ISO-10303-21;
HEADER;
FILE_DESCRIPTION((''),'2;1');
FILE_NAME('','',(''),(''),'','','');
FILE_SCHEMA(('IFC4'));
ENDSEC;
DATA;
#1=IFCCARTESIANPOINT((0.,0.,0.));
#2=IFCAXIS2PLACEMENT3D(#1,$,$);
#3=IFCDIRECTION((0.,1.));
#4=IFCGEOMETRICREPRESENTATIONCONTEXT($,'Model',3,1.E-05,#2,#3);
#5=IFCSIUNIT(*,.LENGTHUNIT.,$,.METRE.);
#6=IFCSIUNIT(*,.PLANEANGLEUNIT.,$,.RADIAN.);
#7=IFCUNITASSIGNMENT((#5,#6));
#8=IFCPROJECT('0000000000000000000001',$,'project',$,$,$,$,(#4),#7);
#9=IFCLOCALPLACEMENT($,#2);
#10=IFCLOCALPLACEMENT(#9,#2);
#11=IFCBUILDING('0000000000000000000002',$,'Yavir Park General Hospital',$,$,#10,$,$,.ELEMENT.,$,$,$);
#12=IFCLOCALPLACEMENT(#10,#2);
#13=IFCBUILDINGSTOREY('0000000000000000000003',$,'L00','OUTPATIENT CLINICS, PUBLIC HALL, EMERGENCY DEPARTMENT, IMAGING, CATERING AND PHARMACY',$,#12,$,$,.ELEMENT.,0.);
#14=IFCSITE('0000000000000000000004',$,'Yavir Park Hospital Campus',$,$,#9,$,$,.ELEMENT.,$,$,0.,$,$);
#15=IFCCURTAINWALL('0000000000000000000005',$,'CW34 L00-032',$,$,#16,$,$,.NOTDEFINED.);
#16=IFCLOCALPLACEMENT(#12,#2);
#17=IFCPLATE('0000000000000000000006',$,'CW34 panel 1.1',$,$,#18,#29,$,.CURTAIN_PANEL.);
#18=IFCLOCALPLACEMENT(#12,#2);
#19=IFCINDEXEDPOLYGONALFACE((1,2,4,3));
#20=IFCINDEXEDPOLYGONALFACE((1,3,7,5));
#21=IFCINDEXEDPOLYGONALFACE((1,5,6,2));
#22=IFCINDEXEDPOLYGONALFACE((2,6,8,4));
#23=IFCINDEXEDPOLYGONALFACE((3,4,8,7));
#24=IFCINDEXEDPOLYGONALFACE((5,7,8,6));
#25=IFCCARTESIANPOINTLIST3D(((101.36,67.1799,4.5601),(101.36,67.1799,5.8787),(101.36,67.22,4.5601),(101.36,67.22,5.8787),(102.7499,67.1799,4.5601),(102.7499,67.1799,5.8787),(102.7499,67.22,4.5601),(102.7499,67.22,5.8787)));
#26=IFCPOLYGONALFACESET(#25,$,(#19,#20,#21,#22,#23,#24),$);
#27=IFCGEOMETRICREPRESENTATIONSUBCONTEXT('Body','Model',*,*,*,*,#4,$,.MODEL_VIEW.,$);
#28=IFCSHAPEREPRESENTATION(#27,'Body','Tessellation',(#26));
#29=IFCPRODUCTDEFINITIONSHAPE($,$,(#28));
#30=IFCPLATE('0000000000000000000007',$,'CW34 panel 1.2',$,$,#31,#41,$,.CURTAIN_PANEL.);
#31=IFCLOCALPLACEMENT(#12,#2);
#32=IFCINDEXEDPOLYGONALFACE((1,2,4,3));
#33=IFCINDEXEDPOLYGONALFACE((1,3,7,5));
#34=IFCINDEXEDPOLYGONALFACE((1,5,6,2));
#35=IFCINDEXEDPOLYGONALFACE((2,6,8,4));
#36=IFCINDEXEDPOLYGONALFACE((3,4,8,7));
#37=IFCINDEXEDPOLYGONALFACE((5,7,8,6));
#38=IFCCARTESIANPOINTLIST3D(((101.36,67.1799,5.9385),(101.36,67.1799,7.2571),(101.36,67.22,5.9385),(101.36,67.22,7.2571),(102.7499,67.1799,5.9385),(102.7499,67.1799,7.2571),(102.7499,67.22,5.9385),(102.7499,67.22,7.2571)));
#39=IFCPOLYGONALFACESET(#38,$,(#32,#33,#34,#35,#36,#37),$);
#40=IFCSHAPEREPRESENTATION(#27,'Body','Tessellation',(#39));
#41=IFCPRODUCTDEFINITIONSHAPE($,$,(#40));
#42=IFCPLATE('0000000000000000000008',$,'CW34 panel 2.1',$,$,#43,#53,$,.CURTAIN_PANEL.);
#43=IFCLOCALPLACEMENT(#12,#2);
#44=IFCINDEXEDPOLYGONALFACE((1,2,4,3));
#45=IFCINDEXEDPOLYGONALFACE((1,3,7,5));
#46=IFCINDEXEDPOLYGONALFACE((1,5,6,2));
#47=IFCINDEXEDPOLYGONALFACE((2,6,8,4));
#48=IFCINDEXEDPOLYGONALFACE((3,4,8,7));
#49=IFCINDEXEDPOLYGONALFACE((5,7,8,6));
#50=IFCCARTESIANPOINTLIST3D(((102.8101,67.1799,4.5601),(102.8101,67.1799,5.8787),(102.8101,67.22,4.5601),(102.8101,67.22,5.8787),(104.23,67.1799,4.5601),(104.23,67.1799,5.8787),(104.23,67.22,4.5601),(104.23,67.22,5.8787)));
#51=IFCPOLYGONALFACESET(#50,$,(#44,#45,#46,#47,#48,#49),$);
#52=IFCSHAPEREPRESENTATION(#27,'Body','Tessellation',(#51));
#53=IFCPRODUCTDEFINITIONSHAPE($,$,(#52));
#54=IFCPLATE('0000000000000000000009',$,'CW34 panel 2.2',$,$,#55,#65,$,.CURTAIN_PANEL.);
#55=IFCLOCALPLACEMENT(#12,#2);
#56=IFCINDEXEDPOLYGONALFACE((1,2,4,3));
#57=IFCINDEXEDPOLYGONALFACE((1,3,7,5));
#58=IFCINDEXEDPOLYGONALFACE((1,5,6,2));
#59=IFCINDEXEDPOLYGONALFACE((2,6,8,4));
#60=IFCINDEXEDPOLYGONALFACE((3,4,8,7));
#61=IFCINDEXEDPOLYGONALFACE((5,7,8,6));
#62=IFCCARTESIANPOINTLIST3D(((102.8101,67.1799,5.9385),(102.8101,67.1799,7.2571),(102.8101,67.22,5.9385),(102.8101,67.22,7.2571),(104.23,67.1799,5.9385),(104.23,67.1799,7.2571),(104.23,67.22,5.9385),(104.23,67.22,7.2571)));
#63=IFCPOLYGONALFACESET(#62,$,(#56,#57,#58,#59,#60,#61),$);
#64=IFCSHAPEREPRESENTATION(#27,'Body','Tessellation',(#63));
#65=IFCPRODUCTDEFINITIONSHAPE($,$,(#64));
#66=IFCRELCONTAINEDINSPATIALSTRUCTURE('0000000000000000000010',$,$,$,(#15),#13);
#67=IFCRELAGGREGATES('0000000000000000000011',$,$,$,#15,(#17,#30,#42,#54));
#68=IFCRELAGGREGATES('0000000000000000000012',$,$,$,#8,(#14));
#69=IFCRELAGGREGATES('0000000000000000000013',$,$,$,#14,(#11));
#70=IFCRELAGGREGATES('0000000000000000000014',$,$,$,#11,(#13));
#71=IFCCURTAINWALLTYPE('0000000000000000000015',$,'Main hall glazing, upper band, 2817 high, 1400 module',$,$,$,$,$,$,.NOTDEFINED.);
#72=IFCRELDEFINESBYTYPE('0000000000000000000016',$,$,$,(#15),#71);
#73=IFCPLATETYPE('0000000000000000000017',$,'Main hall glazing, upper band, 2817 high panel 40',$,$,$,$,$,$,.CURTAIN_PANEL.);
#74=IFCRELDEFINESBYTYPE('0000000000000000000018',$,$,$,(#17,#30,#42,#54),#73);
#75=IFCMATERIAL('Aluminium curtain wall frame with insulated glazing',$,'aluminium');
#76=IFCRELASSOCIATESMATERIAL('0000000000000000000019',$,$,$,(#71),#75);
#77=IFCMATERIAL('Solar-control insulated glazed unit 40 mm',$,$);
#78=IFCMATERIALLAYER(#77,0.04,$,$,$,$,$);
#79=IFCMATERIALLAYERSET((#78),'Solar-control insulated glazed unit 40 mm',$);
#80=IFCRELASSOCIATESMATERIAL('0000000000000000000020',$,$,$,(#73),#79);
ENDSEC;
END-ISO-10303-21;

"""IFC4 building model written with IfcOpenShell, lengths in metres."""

from ifc_helpers import new_model, si_unit, direction, frame, origin, origin_2d, place, context, subcontext, project, spatial, rectangle, extrude, material, layer, layer_set, type_object, element, aggregate, save


model = new_model("IFC4")

# Units and contexts
model_context = context("Model", 3, precision=1e-05, world=origin(), true_north=direction((0.0, 1.0)))
body_context = subcontext(model_context, "Body", "Model", "MODEL_VIEW")
ifc_project = project(units=[si_unit("LENGTHUNIT", "METRE"), si_unit("PLANEANGLEUNIT", "RADIAN")], contexts=[model_context])

# Site, building, storey
site_placement = place(None, origin())
site = spatial("IfcSite", under=ifc_project, at=site_placement, Name="Yavir Park Hospital Campus", CompositionType="ELEMENT", RefElevation=0.0)
building_placement = place(site_placement, origin())
building = spatial("IfcBuilding", under=site, at=building_placement, Name="Yavir Park General Hospital", CompositionType="ELEMENT")
storey_placement = place(building_placement, origin())
storey = spatial("IfcBuildingStorey", under=building, at=storey_placement, Name="L00", Description="OUTPATIENT CLINICS, PUBLIC HALL, EMERGENCY DEPARTMENT, IMAGING, CATERING AND PHARMACY", CompositionType="ELEMENT", Elevation=0.0)

# Curtain wall
ifc_material_1 = material(Name="Aluminium curtain wall frame with insulated glazing", Category="aluminium")
curtain_wall_type_1 = type_object("IfcCurtainWallType", Name="Main hall glazing, upper band, 2817 high, 1400 module", PredefinedType="NOTDEFINED", material=ifc_material_1)
curtain_wall_1_placement = place(storey_placement, origin())
curtain_wall_1 = element("IfcCurtainWall", 1, at=curtain_wall_1_placement, inside=storey, type_object=curtain_wall_type_1, Name="CW34 L00-032", PredefinedType="NOTDEFINED")

# Plates
ifc_material_2 = material(Name="Solar-control insulated glazed unit 40 mm")
ifc_layer_1 = layer(ifc_material_2, 0.04)
ifc_layer_set_1 = layer_set([ifc_layer_1], Name="Solar-control insulated glazed unit 40 mm")
plate_type_1 = type_object("IfcPlateType", Name="Main hall glazing, upper band, 2817 high panel 40", PredefinedType="CURTAIN_PANEL", material=ifc_layer_set_1)
plate_1_placement = place(storey_placement, frame((102.0549, 67.2, 4.5601), z_axis=(0.0, 0.0, 1.0), x_axis=(1.0, 0.0, 0.0)))
plate_1 = element("IfcPlate", 2, at=plate_1_placement, type_object=plate_type_1, Name="CW34 panel 1.1", PredefinedType="CURTAIN_PANEL", context=body_context, shape_type="SweptSolid", body=[
    extrude(rectangle(XDim=1.3899, YDim=0.04, at=origin_2d()), origin(), (0.0, 0.0, 1.0), 1.3186),
])
plate_2_placement = place(storey_placement, frame((102.0549, 67.2, 5.9385), z_axis=(0.0, 0.0, 1.0), x_axis=(1.0, 0.0, 0.0)))
plate_2 = element("IfcPlate", 3, at=plate_2_placement, type_object=plate_type_1, Name="CW34 panel 1.2", PredefinedType="CURTAIN_PANEL", context=body_context, shape_type="SweptSolid", body=[
    extrude(rectangle(XDim=1.3899, YDim=0.04, at=origin_2d()), origin(), (0.0, 0.0, 1.0), 1.3186),
])
plate_3_placement = place(storey_placement, frame((103.52, 67.2, 4.5601), z_axis=(0.0, 0.0, 1.0), x_axis=(1.0, 0.0, 0.0)))
plate_3 = element("IfcPlate", 4, at=plate_3_placement, type_object=plate_type_1, Name="CW34 panel 2.1", PredefinedType="CURTAIN_PANEL", context=body_context, shape_type="SweptSolid", body=[
    extrude(rectangle(XDim=1.4199, YDim=0.04, at=origin_2d()), origin(), (0.0, 0.0, 1.0), 1.3186),
])
plate_4_placement = place(storey_placement, frame((103.52, 67.2, 5.9385), z_axis=(0.0, 0.0, 1.0), x_axis=(1.0, 0.0, 0.0)))
plate_4 = element("IfcPlate", 5, at=plate_4_placement, type_object=plate_type_1, Name="CW34 panel 2.2", PredefinedType="CURTAIN_PANEL", context=body_context, shape_type="SweptSolid", body=[
    extrude(rectangle(XDim=1.4199, YDim=0.04, at=origin_2d()), origin(), (0.0, 0.0, 1.0), 1.3186),
])
aggregate(curtain_wall_1, [plate_1, plate_2, plate_3, plate_4])

save(model, "model.ifc")
